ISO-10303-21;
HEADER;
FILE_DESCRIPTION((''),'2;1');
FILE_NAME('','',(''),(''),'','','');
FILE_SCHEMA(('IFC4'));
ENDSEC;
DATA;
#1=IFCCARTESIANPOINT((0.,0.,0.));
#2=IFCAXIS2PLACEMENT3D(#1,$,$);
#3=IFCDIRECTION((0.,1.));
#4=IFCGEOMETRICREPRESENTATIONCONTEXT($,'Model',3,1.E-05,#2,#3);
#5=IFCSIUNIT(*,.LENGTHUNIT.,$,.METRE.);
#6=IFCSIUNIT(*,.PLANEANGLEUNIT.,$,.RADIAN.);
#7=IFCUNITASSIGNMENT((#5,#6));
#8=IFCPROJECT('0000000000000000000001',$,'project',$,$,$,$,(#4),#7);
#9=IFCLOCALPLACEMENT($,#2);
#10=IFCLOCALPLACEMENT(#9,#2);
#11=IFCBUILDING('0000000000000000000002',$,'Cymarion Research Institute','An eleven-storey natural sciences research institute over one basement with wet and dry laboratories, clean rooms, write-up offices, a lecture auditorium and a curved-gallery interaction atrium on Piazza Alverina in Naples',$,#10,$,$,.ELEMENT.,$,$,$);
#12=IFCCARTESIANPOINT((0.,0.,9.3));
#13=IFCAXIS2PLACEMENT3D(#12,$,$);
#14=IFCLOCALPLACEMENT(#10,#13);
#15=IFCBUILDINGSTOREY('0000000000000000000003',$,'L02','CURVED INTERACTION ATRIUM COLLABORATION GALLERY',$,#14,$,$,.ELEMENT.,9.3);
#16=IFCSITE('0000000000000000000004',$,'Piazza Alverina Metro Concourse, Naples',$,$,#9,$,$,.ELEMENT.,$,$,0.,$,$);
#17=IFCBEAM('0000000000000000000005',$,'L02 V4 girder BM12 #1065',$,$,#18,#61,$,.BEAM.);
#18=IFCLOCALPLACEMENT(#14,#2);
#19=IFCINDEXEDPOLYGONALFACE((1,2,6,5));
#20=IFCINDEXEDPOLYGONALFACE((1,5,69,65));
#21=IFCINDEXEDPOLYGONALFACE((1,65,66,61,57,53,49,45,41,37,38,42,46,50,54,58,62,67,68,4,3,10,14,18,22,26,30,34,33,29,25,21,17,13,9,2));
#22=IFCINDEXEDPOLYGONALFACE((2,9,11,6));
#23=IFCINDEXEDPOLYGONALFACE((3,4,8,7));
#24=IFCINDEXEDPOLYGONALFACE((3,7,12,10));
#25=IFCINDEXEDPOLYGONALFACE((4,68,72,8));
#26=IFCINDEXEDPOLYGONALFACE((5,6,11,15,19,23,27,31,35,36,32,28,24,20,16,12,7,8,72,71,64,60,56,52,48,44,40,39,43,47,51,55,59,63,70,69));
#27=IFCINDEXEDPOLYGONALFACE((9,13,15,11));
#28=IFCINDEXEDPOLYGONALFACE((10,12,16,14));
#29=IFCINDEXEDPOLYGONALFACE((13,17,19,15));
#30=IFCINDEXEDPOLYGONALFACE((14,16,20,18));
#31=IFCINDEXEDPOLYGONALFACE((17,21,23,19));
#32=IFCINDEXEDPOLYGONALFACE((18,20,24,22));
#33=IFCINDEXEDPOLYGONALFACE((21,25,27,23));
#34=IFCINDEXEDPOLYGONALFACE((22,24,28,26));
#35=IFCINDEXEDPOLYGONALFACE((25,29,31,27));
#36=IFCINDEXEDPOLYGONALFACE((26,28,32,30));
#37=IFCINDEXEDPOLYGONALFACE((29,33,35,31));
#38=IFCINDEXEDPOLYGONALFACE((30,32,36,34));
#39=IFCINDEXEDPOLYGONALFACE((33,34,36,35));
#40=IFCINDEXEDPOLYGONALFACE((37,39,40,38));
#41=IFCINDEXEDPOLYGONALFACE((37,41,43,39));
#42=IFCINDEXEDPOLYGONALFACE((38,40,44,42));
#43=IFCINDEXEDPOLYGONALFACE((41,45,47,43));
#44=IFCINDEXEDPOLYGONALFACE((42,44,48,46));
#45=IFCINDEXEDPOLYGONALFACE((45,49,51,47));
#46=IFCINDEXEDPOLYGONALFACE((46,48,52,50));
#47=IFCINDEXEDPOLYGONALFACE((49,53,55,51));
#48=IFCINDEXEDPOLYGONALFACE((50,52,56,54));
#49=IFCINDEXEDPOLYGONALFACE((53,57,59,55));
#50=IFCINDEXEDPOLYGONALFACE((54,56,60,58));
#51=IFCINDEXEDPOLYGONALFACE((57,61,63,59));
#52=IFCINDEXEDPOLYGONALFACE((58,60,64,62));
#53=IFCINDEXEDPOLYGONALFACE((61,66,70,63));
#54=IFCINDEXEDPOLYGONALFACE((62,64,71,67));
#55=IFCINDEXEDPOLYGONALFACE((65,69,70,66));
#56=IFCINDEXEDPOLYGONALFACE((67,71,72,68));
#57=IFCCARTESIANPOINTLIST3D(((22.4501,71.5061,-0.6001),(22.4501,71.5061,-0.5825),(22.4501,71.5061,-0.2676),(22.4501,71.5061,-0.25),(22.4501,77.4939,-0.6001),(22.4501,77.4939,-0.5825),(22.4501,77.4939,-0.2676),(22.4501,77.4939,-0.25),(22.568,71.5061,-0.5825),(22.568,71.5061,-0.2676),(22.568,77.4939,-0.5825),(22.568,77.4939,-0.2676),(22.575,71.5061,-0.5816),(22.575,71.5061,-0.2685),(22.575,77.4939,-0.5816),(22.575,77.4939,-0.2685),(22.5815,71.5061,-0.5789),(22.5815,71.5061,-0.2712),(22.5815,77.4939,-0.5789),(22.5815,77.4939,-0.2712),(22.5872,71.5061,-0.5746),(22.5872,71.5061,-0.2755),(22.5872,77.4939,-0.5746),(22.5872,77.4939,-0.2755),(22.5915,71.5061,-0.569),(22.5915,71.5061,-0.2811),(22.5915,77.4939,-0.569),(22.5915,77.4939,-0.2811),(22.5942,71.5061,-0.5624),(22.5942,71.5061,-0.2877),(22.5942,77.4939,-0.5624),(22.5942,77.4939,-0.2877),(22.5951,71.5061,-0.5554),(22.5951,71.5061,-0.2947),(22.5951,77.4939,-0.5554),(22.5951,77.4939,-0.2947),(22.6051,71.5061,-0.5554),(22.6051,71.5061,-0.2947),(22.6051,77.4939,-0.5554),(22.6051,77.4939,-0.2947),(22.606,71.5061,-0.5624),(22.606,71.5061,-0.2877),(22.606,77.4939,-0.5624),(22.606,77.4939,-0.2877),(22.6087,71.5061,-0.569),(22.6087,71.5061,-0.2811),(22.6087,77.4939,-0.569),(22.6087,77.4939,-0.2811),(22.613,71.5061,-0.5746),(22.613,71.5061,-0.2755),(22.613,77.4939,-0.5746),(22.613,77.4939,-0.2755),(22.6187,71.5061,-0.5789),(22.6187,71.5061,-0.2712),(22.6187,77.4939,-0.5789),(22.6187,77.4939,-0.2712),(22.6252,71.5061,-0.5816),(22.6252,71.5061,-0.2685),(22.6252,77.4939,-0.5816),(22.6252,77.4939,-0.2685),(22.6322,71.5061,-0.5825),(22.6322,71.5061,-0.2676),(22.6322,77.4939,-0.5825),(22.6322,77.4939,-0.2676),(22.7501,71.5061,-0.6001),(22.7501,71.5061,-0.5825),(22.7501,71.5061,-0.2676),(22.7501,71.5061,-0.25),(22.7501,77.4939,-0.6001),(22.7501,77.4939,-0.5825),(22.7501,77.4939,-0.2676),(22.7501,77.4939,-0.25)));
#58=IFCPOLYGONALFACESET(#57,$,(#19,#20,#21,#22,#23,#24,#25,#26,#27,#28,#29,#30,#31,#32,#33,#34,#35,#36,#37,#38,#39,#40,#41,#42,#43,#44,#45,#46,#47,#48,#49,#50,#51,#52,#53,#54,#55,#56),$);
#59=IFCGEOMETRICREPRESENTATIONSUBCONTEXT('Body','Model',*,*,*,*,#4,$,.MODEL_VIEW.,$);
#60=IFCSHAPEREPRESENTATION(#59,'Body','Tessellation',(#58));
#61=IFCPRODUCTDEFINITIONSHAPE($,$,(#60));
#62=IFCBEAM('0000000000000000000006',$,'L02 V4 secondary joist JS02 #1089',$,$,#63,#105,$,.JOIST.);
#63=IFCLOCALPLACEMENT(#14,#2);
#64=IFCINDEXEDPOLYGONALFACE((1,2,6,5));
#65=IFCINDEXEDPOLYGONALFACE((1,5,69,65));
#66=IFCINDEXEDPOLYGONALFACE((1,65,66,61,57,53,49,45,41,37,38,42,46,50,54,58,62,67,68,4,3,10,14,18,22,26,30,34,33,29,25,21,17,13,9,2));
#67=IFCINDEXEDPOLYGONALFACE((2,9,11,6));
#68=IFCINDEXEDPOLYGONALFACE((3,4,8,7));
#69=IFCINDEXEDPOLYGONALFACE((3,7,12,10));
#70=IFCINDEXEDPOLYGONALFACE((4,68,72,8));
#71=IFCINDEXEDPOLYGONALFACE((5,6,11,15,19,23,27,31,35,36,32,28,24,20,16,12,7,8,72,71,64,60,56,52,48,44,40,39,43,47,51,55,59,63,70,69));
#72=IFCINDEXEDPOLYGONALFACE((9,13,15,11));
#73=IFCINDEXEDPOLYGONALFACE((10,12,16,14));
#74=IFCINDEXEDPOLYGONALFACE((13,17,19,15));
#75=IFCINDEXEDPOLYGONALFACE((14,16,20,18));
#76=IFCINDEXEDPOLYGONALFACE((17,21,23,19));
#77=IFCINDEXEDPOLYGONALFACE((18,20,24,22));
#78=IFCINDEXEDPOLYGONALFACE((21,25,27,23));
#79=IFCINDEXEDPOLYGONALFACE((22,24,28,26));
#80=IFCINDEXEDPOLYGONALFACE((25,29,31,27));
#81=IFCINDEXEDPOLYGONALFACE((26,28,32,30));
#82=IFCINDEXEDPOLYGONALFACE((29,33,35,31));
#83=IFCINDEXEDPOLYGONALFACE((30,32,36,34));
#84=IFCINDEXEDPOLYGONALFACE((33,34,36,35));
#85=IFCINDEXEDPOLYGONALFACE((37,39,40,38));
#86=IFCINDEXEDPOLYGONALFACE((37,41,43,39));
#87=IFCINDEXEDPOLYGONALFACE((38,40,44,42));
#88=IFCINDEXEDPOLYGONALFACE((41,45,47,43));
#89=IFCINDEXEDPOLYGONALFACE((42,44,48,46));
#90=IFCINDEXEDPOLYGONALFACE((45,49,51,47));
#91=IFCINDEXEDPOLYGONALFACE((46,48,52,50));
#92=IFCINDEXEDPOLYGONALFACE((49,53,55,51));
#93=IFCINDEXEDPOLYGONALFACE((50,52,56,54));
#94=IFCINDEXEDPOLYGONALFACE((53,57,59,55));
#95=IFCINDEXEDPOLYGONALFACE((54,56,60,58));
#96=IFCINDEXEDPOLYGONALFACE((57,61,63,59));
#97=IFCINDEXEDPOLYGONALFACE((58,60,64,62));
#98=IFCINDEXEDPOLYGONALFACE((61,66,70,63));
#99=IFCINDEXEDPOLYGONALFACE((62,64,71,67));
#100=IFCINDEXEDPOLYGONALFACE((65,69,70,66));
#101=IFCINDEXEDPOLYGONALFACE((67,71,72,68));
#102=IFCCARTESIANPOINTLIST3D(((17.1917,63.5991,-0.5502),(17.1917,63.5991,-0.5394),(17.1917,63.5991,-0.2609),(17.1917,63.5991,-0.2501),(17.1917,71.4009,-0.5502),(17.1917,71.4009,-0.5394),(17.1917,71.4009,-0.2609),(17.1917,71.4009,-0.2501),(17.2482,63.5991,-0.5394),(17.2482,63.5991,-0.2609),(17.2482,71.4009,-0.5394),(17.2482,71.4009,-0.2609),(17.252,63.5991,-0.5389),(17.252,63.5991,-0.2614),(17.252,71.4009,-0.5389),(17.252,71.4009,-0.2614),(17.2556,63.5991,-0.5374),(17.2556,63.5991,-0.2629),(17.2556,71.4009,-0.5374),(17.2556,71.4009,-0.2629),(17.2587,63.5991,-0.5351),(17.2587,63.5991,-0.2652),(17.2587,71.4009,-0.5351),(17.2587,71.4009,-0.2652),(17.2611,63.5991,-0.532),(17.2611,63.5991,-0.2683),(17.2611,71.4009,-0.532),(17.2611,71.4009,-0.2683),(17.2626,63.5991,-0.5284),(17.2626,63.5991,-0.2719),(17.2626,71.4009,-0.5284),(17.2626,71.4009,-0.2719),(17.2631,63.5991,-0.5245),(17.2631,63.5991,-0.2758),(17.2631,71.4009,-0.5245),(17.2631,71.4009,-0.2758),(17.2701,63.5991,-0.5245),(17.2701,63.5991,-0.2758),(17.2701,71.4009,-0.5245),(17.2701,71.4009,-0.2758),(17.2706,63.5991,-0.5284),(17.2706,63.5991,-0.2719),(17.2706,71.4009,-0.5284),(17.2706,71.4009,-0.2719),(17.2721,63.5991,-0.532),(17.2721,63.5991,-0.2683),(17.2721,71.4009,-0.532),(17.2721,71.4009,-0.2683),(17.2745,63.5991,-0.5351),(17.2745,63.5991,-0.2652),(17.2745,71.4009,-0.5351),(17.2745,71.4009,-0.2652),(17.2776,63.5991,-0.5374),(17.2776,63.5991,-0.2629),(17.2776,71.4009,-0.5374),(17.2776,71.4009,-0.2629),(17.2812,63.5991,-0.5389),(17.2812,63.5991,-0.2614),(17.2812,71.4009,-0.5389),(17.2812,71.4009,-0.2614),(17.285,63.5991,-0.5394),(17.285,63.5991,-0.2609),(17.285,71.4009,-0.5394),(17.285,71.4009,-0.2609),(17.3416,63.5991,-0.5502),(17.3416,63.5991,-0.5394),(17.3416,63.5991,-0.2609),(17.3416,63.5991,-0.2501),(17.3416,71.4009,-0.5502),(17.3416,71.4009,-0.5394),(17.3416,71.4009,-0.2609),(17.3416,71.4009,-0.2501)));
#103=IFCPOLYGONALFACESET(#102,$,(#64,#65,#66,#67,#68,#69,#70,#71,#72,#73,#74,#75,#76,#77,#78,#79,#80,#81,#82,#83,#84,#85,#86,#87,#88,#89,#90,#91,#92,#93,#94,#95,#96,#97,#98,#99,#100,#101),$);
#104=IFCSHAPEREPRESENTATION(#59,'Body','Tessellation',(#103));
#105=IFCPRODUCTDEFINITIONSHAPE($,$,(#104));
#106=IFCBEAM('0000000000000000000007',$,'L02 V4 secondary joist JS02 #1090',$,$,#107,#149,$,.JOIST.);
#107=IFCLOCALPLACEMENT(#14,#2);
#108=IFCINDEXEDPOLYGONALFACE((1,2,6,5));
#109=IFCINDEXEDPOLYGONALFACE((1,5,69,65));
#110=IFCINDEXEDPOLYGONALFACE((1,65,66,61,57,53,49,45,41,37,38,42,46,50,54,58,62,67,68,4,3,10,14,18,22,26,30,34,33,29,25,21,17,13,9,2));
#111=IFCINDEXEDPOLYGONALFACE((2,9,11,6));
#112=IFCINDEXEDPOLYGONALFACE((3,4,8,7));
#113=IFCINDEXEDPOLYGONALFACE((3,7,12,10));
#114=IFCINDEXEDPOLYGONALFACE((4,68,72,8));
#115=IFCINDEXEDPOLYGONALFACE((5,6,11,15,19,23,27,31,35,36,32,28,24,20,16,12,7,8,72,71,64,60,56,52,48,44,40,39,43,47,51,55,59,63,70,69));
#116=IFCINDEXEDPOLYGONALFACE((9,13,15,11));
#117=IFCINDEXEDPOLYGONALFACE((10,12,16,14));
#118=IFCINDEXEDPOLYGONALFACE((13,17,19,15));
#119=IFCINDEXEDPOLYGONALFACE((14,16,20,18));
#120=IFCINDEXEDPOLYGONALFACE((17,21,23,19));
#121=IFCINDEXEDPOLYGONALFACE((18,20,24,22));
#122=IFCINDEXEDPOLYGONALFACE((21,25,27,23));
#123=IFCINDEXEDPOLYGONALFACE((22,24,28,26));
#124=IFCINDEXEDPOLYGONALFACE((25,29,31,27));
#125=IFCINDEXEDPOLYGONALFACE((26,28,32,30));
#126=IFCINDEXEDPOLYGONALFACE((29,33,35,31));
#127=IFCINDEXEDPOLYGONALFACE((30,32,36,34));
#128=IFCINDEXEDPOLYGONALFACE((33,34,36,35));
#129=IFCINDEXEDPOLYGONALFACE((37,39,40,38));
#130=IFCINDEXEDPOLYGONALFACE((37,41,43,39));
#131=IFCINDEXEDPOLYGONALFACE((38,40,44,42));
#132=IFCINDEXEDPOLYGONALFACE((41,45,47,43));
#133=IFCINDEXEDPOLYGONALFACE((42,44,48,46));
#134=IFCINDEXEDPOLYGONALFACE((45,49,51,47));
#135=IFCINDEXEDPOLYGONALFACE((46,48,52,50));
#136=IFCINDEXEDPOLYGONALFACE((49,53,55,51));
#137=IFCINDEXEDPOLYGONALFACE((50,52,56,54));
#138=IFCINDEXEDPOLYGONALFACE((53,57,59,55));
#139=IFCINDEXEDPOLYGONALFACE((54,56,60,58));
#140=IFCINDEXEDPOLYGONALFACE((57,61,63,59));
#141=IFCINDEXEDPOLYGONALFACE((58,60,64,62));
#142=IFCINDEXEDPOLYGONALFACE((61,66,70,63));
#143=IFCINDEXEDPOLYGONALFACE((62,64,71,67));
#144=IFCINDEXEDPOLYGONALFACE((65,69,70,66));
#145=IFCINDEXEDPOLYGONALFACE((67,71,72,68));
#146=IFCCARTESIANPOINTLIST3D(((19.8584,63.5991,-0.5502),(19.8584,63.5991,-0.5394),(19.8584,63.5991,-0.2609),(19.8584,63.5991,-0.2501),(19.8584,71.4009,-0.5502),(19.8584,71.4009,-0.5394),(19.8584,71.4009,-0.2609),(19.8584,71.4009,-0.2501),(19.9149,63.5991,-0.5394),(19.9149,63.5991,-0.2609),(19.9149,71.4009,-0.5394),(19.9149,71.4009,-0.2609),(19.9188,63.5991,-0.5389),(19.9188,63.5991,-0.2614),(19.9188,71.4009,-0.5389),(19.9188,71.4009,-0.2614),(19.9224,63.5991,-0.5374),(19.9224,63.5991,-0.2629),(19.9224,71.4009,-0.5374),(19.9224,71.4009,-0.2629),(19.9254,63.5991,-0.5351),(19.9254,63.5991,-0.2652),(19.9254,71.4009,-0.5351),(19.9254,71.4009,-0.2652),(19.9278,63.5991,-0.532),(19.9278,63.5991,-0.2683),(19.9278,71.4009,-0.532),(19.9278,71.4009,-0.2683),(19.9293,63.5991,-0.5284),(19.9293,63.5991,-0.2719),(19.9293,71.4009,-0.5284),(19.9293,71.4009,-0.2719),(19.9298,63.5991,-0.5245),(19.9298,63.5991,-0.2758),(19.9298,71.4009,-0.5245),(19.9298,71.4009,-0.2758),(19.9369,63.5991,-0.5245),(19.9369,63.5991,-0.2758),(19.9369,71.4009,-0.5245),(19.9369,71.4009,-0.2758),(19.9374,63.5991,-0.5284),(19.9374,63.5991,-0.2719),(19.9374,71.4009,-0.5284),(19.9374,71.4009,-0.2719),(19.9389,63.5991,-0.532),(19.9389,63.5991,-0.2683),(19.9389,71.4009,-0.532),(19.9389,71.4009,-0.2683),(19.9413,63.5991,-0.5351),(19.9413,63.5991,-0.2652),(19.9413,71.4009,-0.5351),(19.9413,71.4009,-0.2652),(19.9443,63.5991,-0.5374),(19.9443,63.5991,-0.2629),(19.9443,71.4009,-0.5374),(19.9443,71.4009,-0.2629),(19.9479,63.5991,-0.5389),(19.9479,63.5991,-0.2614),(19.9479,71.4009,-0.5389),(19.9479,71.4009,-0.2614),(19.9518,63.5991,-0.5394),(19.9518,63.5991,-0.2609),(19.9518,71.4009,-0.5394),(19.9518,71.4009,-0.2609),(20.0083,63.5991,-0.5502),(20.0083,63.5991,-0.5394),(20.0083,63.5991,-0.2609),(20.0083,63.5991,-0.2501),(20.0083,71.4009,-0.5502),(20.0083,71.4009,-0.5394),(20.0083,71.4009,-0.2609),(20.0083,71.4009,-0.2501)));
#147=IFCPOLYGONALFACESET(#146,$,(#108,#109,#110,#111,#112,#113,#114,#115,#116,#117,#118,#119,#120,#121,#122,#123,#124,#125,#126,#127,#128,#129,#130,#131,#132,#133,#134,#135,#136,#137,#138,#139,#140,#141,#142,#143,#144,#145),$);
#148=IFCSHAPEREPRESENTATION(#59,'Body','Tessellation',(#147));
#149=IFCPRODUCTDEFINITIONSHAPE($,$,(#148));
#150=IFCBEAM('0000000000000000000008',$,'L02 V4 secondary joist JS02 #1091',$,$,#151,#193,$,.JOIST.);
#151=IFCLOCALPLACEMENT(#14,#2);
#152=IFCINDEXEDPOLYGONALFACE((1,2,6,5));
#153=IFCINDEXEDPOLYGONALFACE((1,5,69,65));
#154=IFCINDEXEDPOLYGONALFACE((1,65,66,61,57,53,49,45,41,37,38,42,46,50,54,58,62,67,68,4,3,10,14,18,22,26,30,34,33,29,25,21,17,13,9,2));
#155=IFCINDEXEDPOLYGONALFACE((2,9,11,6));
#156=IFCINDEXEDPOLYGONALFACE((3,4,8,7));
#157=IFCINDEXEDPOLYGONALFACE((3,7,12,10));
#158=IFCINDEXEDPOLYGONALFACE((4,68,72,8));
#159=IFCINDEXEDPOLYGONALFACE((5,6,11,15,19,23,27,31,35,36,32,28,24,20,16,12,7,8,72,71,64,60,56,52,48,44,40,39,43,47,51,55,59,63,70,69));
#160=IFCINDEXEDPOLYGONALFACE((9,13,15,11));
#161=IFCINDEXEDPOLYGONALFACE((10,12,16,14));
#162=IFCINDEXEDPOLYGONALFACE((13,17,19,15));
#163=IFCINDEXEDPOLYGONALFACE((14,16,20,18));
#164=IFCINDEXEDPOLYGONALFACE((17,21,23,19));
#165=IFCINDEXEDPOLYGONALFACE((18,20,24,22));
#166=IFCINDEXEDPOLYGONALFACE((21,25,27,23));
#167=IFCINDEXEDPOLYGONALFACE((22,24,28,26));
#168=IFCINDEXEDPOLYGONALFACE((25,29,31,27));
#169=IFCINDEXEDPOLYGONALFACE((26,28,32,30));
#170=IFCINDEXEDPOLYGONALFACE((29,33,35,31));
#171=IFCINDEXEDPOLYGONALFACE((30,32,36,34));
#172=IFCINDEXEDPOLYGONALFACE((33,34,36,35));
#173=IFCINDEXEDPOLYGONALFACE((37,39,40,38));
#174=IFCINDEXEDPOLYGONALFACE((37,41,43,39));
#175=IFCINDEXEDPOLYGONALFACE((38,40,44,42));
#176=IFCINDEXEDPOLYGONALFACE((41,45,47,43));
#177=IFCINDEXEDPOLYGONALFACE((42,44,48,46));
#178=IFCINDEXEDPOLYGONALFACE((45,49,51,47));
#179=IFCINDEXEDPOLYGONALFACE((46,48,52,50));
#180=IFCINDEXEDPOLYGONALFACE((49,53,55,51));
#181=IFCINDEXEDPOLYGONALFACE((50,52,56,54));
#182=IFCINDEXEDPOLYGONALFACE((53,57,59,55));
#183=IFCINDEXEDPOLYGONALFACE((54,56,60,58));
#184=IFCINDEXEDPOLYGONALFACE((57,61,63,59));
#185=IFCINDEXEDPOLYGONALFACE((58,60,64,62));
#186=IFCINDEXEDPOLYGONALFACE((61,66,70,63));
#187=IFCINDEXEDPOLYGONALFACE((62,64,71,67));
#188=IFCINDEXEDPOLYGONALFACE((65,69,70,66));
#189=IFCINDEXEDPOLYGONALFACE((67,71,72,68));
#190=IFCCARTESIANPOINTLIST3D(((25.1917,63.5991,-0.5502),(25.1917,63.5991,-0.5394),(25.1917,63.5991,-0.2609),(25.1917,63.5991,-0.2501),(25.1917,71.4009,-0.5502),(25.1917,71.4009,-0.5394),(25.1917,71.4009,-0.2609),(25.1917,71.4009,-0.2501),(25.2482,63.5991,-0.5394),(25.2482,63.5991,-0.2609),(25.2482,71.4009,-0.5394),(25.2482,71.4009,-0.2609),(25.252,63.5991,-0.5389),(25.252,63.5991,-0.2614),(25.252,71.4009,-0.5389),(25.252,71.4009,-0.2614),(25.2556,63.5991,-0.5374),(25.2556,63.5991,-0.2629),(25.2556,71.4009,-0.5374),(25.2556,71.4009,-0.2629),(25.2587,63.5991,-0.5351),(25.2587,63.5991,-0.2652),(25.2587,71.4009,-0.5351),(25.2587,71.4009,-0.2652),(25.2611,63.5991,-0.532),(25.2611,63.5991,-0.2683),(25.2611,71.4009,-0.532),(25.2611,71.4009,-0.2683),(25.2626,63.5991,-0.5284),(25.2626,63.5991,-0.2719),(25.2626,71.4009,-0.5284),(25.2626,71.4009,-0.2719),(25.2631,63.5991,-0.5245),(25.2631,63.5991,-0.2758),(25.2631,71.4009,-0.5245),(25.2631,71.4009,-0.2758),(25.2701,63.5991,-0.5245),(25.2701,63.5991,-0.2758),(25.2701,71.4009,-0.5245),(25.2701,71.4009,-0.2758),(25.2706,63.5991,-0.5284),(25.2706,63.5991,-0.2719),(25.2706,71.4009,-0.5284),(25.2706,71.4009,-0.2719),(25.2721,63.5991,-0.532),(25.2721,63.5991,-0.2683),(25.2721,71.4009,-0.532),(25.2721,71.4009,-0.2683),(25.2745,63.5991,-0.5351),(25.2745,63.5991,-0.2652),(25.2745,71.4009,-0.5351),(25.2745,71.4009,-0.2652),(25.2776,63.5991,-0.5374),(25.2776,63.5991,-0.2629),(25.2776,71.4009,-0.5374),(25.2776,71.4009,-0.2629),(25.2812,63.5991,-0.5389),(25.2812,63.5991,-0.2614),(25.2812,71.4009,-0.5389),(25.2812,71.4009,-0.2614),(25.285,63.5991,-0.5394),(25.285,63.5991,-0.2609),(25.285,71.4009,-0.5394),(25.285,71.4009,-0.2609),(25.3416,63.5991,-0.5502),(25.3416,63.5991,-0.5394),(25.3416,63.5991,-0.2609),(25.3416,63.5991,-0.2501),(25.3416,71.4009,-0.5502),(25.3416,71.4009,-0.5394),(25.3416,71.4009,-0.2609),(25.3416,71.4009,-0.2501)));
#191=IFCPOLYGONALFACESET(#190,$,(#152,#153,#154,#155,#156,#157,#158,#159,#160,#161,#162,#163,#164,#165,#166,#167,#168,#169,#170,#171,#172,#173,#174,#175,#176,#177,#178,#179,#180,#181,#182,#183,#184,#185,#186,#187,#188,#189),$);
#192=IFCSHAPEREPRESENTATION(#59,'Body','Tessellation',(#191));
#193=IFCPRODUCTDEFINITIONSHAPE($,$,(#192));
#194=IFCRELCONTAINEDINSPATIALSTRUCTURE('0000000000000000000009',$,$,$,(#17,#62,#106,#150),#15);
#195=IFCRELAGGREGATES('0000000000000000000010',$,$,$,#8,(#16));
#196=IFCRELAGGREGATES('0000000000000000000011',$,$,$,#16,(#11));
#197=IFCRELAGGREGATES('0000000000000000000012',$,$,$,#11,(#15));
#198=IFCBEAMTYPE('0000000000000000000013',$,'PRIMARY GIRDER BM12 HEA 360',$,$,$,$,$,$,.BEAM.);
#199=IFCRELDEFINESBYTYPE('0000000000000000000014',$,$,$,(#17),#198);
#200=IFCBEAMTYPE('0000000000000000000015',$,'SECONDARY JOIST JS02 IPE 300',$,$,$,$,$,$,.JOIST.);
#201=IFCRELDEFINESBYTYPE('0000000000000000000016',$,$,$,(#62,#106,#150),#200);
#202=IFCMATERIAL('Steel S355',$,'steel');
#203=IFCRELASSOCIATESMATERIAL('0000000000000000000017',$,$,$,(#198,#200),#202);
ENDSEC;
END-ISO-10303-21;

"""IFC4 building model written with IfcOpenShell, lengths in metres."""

from ifc_helpers import new_model, si_unit, direction, frame, origin, origin_2d, place, context, subcontext, project, spatial, i_section, extrude, material, material_profile, profile_set, type_object, element, save


model = new_model("IFC4")

# Units and contexts
model_context = context("Model", 3, precision=1e-05, world=origin(), true_north=direction((0.0, 1.0)))
body_context = subcontext(model_context, "Body", "Model", "MODEL_VIEW")
ifc_project = project(units=[si_unit("LENGTHUNIT", "METRE"), si_unit("PLANEANGLEUNIT", "RADIAN")], contexts=[model_context])

# Site, building, storey
site_placement = place(None, origin())
site = spatial("IfcSite", under=ifc_project, at=site_placement, Name="Piazza Alverina Metro Concourse, Naples", CompositionType="ELEMENT", RefElevation=0.0)
building_placement = place(site_placement, origin())
building = spatial("IfcBuilding", under=site, at=building_placement, Name="Cymarion Research Institute", Description="An eleven-storey natural sciences research institute over one basement with wet and dry laboratories, clean rooms, write-up offices, a lecture auditorium and a curved-gallery interaction atrium on Piazza Alverina in Naples", CompositionType="ELEMENT")
storey_placement = place(building_placement, frame((0.0, 0.0, 9.3)))
storey = spatial("IfcBuildingStorey", under=building, at=storey_placement, Name="L02", Description="CURVED INTERACTION ATRIUM COLLABORATION GALLERY", CompositionType="ELEMENT", Elevation=9.3)

# Shared definitions
ifc_material_1 = material(Name="Steel S355", Category="steel")

# Beams
ifc_material_profile_1 = material_profile(ifc_material_1, i_section(OverallWidth=0.3, OverallDepth=0.3501, WebThickness=0.01, FlangeThickness=0.0176, FilletRadius=0.0271, at=origin_2d()), Name="HEA 360")
ifc_profile_set_1 = profile_set([ifc_material_profile_1], Name="Steel S355")
beam_type_1 = type_object("IfcBeamType", Name="PRIMARY GIRDER BM12 HEA 360", PredefinedType="BEAM", material=ifc_profile_set_1)
beam_1_placement = place(storey_placement, frame((22.6001, 71.5061, -0.425), z_axis=(0.0, 1.0, 0.0), x_axis=(-1.0, 0.0, 0.0)))
element("IfcBeam", 1, at=beam_1_placement, inside=storey, type_object=beam_type_1, Name="L02 V4 girder BM12 #1065", PredefinedType="BEAM", context=body_context, shape_type="SweptSolid", body=[
    extrude(i_section(OverallWidth=0.3, OverallDepth=0.3501, WebThickness=0.01, FlangeThickness=0.0176, FilletRadius=0.0271, at=origin_2d()), origin(), (0.0, 0.0, 1.0), 5.9878),
])
ifc_material_profile_2 = material_profile(ifc_material_1, i_section(OverallWidth=0.1499, OverallDepth=0.3, WebThickness=0.0071, FlangeThickness=0.0107, FilletRadius=0.0149, at=origin_2d()), Name="IPE 300")
ifc_profile_set_2 = profile_set([ifc_material_profile_2], Name="Steel S355")
beam_type_2 = type_object("IfcBeamType", Name="SECONDARY JOIST JS02 IPE 300", PredefinedType="JOIST", material=ifc_profile_set_2)
for number, where, z_axis, x_axis, name in (
    (2, (17.2666, 63.5991, -0.4001), (0.0, 1.0, 0.0), (-1.0, 0.0, 0.0), "L02 V4 secondary joist JS02 #1089"),
    (3, (19.9333, 63.5991, -0.4001), (0.0, 1.0, 0.0), (-1.0, 0.0, 0.0), "L02 V4 secondary joist JS02 #1090"),
    (4, (25.2666, 63.5991, -0.4001), (0.0, 1.0, 0.0), (-1.0, 0.0, 0.0), "L02 V4 secondary joist JS02 #1091"),
):
    element("IfcBeam", number, at=place(storey_placement, frame(where, z_axis=z_axis, x_axis=x_axis)), inside=storey, type_object=beam_type_2, Name=name, PredefinedType="JOIST", context=body_context, shape_type="SweptSolid", body=[
        extrude(i_section(OverallWidth=0.1499, OverallDepth=0.3, WebThickness=0.0071, FlangeThickness=0.0107, FilletRadius=0.0149, at=origin_2d()), origin(), (0.0, 0.0, 1.0), 7.8018),
    ])

save(model, "model.ifc")
